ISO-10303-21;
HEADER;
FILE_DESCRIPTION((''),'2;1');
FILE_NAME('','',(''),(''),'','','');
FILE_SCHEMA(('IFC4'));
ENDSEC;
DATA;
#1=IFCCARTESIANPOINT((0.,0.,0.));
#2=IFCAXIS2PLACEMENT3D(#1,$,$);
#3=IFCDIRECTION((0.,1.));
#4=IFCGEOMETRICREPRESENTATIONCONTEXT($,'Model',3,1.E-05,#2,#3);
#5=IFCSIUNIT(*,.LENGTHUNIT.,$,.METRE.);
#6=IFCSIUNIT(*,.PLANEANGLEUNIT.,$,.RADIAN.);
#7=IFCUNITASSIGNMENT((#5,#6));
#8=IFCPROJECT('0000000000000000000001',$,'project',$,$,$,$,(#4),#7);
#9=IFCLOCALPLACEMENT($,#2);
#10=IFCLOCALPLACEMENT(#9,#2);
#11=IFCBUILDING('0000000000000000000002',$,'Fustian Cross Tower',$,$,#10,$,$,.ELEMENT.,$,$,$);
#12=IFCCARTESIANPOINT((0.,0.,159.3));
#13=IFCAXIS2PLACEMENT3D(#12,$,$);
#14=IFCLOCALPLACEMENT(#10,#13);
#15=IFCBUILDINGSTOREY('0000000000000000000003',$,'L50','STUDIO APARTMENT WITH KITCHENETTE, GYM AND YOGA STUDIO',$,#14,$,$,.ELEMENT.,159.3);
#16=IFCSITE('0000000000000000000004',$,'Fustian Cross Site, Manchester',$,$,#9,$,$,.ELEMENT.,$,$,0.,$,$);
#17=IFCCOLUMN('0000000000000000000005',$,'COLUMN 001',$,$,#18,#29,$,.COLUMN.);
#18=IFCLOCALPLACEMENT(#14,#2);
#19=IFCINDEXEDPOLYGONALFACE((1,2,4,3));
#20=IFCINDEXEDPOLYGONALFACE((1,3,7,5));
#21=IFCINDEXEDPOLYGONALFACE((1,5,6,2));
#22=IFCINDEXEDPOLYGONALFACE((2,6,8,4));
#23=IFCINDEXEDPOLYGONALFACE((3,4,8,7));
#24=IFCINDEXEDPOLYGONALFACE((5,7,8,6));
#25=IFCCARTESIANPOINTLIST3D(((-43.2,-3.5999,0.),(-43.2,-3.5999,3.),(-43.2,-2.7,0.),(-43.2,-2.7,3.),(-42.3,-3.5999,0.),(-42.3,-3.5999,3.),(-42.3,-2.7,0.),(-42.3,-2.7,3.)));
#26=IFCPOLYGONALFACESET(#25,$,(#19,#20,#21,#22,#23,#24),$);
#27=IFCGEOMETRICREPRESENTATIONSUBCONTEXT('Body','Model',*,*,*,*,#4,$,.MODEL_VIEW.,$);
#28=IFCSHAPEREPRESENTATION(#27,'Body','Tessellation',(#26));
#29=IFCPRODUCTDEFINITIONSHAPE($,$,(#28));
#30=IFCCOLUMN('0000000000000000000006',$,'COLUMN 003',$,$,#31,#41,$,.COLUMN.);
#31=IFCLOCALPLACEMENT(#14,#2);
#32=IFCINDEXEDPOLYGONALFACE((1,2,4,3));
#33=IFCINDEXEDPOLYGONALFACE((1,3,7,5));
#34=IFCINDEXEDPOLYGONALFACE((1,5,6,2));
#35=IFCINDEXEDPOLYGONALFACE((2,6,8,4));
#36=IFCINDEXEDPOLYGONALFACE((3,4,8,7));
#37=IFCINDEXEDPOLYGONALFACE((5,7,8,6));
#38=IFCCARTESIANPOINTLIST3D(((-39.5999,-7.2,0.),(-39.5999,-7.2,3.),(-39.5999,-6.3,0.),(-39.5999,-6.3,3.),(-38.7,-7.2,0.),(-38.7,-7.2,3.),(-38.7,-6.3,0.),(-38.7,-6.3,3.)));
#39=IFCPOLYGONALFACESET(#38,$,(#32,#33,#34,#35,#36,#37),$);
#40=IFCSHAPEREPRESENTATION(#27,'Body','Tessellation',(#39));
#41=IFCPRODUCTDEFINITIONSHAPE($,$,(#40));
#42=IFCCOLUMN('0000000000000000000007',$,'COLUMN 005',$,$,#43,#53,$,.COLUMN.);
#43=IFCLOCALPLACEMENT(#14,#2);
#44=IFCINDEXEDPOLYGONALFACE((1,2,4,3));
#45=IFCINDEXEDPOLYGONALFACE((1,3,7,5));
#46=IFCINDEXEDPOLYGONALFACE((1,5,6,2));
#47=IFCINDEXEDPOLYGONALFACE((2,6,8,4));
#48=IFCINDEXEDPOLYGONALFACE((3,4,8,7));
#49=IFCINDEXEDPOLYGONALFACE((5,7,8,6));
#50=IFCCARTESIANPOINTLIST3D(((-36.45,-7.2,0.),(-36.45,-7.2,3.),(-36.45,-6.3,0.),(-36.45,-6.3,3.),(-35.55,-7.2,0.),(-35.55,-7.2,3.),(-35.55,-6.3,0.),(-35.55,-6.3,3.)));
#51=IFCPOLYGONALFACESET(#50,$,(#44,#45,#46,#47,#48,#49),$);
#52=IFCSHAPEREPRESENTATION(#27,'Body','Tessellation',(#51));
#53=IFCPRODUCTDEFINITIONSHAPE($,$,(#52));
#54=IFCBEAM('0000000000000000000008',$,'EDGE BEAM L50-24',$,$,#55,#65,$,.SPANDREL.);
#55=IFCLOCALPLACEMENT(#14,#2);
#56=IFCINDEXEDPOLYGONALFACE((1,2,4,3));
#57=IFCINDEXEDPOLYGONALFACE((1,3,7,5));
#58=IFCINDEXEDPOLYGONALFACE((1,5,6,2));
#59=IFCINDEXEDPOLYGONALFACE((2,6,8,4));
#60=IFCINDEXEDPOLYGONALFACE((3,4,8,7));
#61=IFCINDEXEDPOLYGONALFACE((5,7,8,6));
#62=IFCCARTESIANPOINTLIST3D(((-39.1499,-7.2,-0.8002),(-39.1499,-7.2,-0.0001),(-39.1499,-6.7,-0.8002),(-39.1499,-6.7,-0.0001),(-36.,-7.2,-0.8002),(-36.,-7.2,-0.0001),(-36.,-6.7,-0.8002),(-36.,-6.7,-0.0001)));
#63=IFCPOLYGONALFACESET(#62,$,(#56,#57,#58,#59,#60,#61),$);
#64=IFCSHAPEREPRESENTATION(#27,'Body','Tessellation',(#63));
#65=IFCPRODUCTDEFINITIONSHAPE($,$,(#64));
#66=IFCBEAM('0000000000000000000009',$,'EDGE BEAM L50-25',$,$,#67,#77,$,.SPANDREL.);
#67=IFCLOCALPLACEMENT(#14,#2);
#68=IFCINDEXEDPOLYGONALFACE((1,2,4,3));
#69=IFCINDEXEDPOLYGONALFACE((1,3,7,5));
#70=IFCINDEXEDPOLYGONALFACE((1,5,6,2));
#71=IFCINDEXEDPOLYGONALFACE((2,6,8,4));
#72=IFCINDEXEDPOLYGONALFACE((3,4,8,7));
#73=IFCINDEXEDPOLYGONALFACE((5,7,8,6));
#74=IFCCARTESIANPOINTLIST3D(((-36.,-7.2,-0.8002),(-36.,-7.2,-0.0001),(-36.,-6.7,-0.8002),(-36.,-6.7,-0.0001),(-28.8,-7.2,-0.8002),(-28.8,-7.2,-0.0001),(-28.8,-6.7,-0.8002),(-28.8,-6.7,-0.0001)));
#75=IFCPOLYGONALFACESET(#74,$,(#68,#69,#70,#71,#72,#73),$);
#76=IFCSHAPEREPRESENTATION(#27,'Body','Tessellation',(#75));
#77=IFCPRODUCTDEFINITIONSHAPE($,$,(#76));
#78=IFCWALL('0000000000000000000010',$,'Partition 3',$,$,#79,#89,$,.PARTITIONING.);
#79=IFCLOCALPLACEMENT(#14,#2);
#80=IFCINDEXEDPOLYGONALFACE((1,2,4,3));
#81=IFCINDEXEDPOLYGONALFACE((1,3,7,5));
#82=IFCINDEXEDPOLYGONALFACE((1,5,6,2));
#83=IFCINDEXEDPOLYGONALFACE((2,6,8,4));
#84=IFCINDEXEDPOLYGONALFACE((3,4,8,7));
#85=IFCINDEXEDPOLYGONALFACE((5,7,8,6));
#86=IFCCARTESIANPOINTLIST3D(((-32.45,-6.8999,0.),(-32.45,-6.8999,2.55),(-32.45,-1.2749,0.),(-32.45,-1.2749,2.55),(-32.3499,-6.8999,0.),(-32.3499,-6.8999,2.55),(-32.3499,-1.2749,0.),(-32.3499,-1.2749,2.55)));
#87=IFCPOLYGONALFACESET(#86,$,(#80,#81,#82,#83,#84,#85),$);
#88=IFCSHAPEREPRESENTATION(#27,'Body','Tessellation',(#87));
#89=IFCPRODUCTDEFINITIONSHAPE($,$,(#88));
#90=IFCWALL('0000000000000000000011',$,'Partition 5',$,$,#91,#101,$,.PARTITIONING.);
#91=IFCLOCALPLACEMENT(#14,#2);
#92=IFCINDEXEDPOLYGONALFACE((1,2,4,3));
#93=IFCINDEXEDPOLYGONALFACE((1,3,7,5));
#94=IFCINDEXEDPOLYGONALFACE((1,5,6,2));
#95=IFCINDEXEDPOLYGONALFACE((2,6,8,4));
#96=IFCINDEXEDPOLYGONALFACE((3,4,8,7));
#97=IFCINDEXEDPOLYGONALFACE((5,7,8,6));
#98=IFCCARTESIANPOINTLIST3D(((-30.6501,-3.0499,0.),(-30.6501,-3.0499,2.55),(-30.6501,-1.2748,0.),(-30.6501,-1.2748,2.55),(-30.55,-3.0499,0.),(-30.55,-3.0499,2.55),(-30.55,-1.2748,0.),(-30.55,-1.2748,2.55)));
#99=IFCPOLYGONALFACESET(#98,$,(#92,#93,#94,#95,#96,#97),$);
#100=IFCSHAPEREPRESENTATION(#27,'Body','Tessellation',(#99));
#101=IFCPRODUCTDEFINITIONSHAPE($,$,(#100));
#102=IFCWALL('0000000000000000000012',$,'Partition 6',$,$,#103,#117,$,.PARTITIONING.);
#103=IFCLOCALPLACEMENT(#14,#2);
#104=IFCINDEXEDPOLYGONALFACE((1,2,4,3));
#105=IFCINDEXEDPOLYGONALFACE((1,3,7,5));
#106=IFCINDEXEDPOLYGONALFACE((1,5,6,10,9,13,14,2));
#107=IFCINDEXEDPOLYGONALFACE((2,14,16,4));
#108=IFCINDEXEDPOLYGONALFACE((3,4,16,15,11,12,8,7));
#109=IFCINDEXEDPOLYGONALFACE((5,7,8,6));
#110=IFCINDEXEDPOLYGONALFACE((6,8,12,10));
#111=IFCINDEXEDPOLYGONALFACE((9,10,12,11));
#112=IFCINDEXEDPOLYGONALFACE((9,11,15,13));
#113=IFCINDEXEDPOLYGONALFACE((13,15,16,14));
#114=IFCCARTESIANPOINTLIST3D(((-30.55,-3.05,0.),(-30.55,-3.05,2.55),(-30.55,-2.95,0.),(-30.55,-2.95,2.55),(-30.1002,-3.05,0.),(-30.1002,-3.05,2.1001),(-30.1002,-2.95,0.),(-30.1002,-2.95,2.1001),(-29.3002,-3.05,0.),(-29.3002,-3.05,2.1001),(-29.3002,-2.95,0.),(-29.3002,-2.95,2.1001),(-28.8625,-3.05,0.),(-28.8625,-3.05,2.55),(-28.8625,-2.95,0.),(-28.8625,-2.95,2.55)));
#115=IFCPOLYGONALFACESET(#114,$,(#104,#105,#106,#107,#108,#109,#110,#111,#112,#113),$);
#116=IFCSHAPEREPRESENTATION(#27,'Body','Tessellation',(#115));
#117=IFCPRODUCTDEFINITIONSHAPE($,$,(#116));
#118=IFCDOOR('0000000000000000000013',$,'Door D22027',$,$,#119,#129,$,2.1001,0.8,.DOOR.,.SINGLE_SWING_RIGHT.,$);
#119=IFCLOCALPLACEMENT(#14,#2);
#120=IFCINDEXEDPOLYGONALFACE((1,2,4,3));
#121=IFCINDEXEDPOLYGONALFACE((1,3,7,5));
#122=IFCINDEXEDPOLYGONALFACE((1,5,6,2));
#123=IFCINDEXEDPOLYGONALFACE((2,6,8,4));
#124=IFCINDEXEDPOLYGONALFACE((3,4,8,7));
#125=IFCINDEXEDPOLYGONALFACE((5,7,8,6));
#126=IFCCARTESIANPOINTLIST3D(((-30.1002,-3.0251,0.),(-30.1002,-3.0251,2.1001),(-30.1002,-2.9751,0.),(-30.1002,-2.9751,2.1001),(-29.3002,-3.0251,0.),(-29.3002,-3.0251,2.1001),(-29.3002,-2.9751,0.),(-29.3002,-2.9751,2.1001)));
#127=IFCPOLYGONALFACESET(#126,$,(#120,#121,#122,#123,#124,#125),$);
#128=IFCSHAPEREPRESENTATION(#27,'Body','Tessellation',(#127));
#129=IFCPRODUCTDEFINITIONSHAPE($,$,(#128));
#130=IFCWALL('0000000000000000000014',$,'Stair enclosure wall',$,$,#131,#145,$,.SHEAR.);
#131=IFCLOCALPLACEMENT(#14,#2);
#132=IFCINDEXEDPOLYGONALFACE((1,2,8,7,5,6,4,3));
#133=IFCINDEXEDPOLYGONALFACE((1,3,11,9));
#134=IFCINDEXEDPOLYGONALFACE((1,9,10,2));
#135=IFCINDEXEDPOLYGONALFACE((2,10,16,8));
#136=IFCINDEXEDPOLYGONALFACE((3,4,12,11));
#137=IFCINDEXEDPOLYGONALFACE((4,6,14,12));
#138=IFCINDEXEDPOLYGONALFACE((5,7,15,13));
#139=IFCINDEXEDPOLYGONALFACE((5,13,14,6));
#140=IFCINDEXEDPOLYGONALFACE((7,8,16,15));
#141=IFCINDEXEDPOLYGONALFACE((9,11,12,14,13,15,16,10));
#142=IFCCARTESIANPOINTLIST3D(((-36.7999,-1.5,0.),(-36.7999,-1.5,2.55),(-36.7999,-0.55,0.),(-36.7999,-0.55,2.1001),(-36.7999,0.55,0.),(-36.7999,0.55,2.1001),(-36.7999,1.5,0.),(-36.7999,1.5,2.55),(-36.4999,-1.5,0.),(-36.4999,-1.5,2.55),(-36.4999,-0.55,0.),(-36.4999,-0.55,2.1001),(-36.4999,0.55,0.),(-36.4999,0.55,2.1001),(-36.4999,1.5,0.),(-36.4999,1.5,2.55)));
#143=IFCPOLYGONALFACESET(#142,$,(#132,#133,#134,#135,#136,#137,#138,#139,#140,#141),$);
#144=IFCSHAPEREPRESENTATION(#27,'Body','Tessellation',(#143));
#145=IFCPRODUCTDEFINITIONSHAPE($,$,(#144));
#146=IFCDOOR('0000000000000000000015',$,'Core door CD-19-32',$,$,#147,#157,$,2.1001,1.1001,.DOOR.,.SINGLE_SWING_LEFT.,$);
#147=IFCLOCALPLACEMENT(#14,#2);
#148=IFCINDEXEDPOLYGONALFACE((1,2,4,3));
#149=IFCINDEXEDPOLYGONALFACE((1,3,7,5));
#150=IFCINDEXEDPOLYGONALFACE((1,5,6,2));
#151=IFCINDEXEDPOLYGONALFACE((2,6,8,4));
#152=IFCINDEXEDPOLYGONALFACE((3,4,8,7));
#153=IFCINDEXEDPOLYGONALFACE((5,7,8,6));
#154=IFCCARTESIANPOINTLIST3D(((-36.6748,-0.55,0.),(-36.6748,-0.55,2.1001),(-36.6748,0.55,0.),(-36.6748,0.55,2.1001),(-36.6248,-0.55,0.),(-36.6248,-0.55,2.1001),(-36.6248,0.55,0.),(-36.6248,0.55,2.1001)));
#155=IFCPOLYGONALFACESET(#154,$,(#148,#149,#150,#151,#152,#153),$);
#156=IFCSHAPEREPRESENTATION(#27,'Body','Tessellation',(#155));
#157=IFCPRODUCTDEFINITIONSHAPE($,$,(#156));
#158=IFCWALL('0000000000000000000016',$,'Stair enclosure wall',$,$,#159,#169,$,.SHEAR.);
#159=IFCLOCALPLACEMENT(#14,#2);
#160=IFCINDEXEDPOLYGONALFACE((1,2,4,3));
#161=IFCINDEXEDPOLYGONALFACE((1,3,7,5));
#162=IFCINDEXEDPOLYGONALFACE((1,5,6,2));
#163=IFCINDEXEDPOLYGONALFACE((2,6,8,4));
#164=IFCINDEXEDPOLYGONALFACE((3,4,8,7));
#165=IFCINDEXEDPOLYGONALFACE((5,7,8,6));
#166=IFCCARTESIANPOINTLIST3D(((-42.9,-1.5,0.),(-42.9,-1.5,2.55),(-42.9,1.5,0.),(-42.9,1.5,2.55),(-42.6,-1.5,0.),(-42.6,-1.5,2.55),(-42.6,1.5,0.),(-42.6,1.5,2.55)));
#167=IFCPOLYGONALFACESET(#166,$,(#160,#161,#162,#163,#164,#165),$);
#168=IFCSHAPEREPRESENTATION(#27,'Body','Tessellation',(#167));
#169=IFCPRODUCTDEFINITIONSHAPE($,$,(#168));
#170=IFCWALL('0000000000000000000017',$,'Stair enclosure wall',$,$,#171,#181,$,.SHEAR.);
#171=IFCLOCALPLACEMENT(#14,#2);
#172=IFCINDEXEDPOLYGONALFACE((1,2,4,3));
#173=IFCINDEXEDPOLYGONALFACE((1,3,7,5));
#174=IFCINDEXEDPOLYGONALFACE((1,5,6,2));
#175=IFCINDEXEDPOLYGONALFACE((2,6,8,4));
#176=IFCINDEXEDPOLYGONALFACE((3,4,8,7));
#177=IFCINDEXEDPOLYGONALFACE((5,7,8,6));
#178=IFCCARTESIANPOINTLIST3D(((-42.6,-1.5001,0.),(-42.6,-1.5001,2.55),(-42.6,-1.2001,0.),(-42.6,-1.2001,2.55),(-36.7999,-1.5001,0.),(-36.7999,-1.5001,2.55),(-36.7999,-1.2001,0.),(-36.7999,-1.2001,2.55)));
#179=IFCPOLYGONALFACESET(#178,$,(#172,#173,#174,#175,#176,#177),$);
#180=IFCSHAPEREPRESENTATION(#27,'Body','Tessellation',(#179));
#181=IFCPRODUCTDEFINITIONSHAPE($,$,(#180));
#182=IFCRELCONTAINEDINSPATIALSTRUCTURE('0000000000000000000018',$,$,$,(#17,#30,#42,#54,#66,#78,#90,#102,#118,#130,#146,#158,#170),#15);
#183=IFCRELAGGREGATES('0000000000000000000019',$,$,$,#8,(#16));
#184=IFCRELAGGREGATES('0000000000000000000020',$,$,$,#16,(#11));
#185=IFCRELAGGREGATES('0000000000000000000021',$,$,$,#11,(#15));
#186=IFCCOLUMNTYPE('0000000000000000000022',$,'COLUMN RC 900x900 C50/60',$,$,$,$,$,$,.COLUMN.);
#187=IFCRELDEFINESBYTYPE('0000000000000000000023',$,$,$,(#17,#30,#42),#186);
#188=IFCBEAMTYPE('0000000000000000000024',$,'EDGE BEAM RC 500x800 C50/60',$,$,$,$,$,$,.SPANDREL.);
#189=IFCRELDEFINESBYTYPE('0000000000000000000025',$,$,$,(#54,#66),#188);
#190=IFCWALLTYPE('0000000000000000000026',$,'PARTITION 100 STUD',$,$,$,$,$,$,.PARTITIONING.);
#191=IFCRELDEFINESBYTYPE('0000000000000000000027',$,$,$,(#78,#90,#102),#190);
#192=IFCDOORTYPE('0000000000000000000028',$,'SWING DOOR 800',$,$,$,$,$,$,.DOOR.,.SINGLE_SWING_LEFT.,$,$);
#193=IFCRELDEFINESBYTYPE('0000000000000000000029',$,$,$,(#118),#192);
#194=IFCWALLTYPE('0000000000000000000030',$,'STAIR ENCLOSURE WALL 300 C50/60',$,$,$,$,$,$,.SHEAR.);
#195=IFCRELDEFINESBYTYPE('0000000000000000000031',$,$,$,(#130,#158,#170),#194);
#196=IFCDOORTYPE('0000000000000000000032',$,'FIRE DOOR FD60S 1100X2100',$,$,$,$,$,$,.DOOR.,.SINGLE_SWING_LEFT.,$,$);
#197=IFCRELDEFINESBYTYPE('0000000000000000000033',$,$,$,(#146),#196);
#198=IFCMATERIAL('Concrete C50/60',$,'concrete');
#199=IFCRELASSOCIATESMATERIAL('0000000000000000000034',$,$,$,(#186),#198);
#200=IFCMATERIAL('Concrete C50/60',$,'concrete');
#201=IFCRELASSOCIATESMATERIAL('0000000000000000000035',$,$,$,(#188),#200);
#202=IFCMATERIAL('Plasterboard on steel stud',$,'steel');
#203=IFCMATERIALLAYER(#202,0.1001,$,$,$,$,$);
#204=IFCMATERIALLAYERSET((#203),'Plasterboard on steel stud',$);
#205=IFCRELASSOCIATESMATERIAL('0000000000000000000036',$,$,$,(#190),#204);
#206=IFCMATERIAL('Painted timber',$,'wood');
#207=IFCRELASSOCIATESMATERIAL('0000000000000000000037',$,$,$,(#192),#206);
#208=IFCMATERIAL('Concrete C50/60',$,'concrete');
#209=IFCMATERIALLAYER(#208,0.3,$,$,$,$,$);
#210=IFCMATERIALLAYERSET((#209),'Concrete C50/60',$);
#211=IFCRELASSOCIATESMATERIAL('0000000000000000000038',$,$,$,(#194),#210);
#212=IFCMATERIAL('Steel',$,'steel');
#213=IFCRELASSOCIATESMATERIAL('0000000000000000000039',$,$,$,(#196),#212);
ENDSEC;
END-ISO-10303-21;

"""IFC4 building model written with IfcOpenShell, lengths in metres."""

from ifc_helpers import new_model, si_unit, direction, frame, frame_2d, origin, origin_2d, place, context, subcontext, project, spatial, rectangle, extrude, material, layer, layer_set, material_profile, profile_set, type_object, element, fill, save


model = new_model("IFC4")

# Units and contexts
model_context = context("Model", 3, precision=1e-05, world=origin(), true_north=direction((0.0, 1.0)))
body_context = subcontext(model_context, "Body", "Model", "MODEL_VIEW")
ifc_project = project(units=[si_unit("LENGTHUNIT", "METRE"), si_unit("PLANEANGLEUNIT", "RADIAN")], contexts=[model_context])

# Site, building, storey
site_placement = place(None, origin())
site = spatial("IfcSite", under=ifc_project, at=site_placement, Name="Fustian Cross Site, Manchester", CompositionType="ELEMENT", RefElevation=0.0)
building_placement = place(site_placement, origin())
building = spatial("IfcBuilding", under=site, at=building_placement, Name="Fustian Cross Tower", CompositionType="ELEMENT")
storey_placement = place(building_placement, frame((0.0, 0.0, 159.3)))
storey = spatial("IfcBuildingStorey", under=building, at=storey_placement, Name="L50", Description="STUDIO APARTMENT WITH KITCHENETTE, GYM AND YOGA STUDIO", CompositionType="ELEMENT", Elevation=159.3)

# Columns
ifc_material_1 = material(Name="Concrete C50/60", Category="concrete")
ifc_material_profile_1 = material_profile(ifc_material_1, rectangle(XDim=0.8999, YDim=0.8999, at=origin_2d()), Name="RC 900x900")
ifc_profile_set_1 = profile_set([ifc_material_profile_1], Name="Concrete C50/60")
column_type = type_object("IfcColumnType", Name="COLUMN RC 900x900 C50/60", PredefinedType="COLUMN", material=ifc_profile_set_1)
for number, where, z_axis, x_axis, name in (
    (1, (-42.75, -3.1499, 0.0), (0.0, 0.0, 1.0), (1.0, 0.0, 0.0), "COLUMN 001"),
    (2, (-39.1499, -6.75, 0.0), (0.0, 0.0, 1.0), (1.0, 0.0, 0.0), "COLUMN 003"),
    (3, (-36.0, -6.75, 0.0), (0.0, 0.0, 1.0), (1.0, 0.0, 0.0), "COLUMN 005"),
):
    element("IfcColumn", number, at=place(storey_placement, frame(where, z_axis=z_axis, x_axis=x_axis)), inside=storey, type_object=column_type, Name=name, PredefinedType="COLUMN", context=body_context, shape_type="SweptSolid", body=[
        extrude(rectangle(XDim=0.8999, YDim=0.8999, at=origin_2d()), origin(), (0.0, 0.0, 1.0), 3.0),
    ])

# Beams
ifc_material_2 = material(Name="Concrete C50/60", Category="concrete")
ifc_material_profile_2 = material_profile(ifc_material_2, rectangle(XDim=0.5, YDim=0.8, at=origin_2d()), Name="RC 500x800")
ifc_profile_set_2 = profile_set([ifc_material_profile_2], Name="Concrete C50/60")
beam_type = type_object("IfcBeamType", Name="EDGE BEAM RC 500x800 C50/60", PredefinedType="SPANDREL", material=ifc_profile_set_2)
beam_1_placement = place(storey_placement, frame((-39.1499, -6.95, -0.4001), z_axis=(1.0, 0.0, 0.0), x_axis=(0.0, 1.0, 0.0)))
element("IfcBeam", 4, at=beam_1_placement, inside=storey, type_object=beam_type, Name="EDGE BEAM L50-24", PredefinedType="SPANDREL", context=body_context, shape_type="SweptSolid", body=[
    extrude(rectangle(XDim=0.5, YDim=0.8, at=origin_2d()), origin(), (0.0, 0.0, 1.0), 3.1499),
])
beam_2_placement = place(storey_placement, frame((-36.0, -6.95, -0.4001), z_axis=(1.0, 0.0, 0.0), x_axis=(0.0, 1.0, 0.0)))
element("IfcBeam", 5, at=beam_2_placement, inside=storey, type_object=beam_type, Name="EDGE BEAM L50-25", PredefinedType="SPANDREL", context=body_context, shape_type="SweptSolid", body=[
    extrude(rectangle(XDim=0.5, YDim=0.8, at=origin_2d()), origin(), (0.0, 0.0, 1.0), 7.2),
])

# Walls
ifc_material_3 = material(Name="Plasterboard on steel stud", Category="steel")
ifc_layer_1 = layer(ifc_material_3, 0.1001)
ifc_layer_set_1 = layer_set([ifc_layer_1], Name="Plasterboard on steel stud")
wall_type_1 = type_object("IfcWallType", Name="PARTITION 100 STUD", PredefinedType="PARTITIONING", material=ifc_layer_set_1)
wall_1_placement = place(storey_placement, frame((-32.3999, -6.8999, 0.0), z_axis=(0.0, 0.0, 1.0), x_axis=(0.0, 1.0, 0.0)))
element("IfcWall", 6, at=wall_1_placement, inside=storey, type_object=wall_type_1, Name="Partition 3", PredefinedType="PARTITIONING", context=body_context, shape_type="SweptSolid", body=[
    extrude(rectangle(XDim=5.625, YDim=0.1001, at=frame_2d((2.8125, 0.0))), origin(), (0.0, 0.0, 1.0), 2.55),
])
wall_2_placement = place(storey_placement, frame((-30.6001, -3.05, 0.0), z_axis=(0.0, 0.0, 1.0), x_axis=(0.0, 1.0, 0.0)))
element("IfcWall", 7, at=wall_2_placement, inside=storey, type_object=wall_type_1, Name="Partition 5", PredefinedType="PARTITIONING", context=body_context, shape_type="SweptSolid", body=[
    extrude(rectangle(XDim=1.7751, YDim=0.1001, at=frame_2d((0.8877, 0.0))), origin(), (0.0, 0.0, 1.0), 2.55),
])

# Walls, openings, doors
wall_3_placement = place(storey_placement, frame((-30.55, -3.0, 0.0), z_axis=(0.0, 0.0, 1.0), x_axis=(1.0, 0.0, 0.0)))
wall_3 = element("IfcWall", 8, at=wall_3_placement, inside=storey, type_object=wall_type_1, Name="Partition 6", PredefinedType="PARTITIONING", context=body_context, shape_type="SweptSolid", body=[
    extrude(rectangle(XDim=1.6875, YDim=0.1001, at=frame_2d((0.8438, 0.0))), origin(), (0.0, 0.0, 1.0), 2.55),
])
opening_1_placement = place(wall_3_placement, frame((0.45, 0.0, 0.0)))
opening_1 = element("IfcOpeningElement", 9, at=opening_1_placement, cuts=wall_3, PredefinedType="OPENING", context=body_context, shape_type="SweptSolid", body=[
    extrude(rectangle(XDim=0.8, YDim=2.1001, at=frame_2d((0.3999, 1.05))), frame((0.0, 0.0601, 0.0), z_axis=(0.0, -1.0, 0.0), x_axis=(1.0, 0.0, 0.0)), (0.0, 0.0, 1.0), 0.1201),
])
ifc_material_4 = material(Name="Painted timber", Category="wood")
door_type_1 = type_object("IfcDoorType", Name="SWING DOOR 800", OperationType="SINGLE_SWING_LEFT", PredefinedType="DOOR", material=ifc_material_4)
door_1_placement = place(opening_1_placement, origin())
door_1 = element("IfcDoor", 10, at=door_1_placement, inside=storey, type_object=door_type_1, Name="Door D22027", OperationType="SINGLE_SWING_RIGHT", OverallHeight=2.1001, OverallWidth=0.8, PredefinedType="DOOR", context=body_context, shape_type="SweptSolid", body=[
    extrude(rectangle(XDim=0.8, YDim=2.1001, at=frame_2d((0.3999, 1.05))), frame((0.0, 0.0249, 0.0), z_axis=(0.0, -1.0, 0.0), x_axis=(1.0, 0.0, 0.0)), (0.0, 0.0, 1.0), 0.05),
])
fill(opening_1, door_1)
ifc_material_5 = material(Name="Concrete C50/60", Category="concrete")
ifc_layer_2 = layer(ifc_material_5, 0.3)
ifc_layer_set_2 = layer_set([ifc_layer_2], Name="Concrete C50/60")
wall_type_2 = type_object("IfcWallType", Name="STAIR ENCLOSURE WALL 300 C50/60", PredefinedType="SHEAR", material=ifc_layer_set_2)
wall_4_placement = place(storey_placement, frame((-36.6499, -1.5, 0.0), z_axis=(0.0, 0.0, 1.0), x_axis=(0.0, 1.0, 0.0)))
wall_4 = element("IfcWall", 11, at=wall_4_placement, inside=storey, type_object=wall_type_2, Name="Stair enclosure wall", PredefinedType="SHEAR", context=body_context, shape_type="SweptSolid", body=[
    extrude(rectangle(XDim=3.0, YDim=0.3, at=frame_2d((1.5, 0.0))), origin(), (0.0, 0.0, 1.0), 2.55),
])
opening_2_placement = place(wall_4_placement, frame((0.95, 0.0, 0.0)))
opening_2 = element("IfcOpeningElement", 12, at=opening_2_placement, cuts=wall_4, PredefinedType="OPENING", context=body_context, shape_type="SweptSolid", body=[
    extrude(rectangle(XDim=1.1001, YDim=2.1001, at=frame_2d((0.55, 1.05))), frame((0.0, 0.1599, 0.0), z_axis=(0.0, -1.0, 0.0), x_axis=(1.0, 0.0, 0.0)), (0.0, 0.0, 1.0), 0.3201),
])
ifc_material_6 = material(Name="Steel", Category="steel")
door_type_2 = type_object("IfcDoorType", Name="FIRE DOOR FD60S 1100X2100", OperationType="SINGLE_SWING_LEFT", PredefinedType="DOOR", material=ifc_material_6)
door_2_placement = place(opening_2_placement, origin())
door_2 = element("IfcDoor", 13, at=door_2_placement, inside=storey, type_object=door_type_2, Name="Core door CD-19-32", OperationType="SINGLE_SWING_LEFT", OverallHeight=2.1001, OverallWidth=1.1001, PredefinedType="DOOR", context=body_context, shape_type="SweptSolid", body=[
    extrude(rectangle(XDim=1.1001, YDim=2.1001, at=frame_2d((0.55, 1.05))), frame((0.0, 0.0249, 0.0), z_axis=(0.0, -1.0, 0.0), x_axis=(1.0, 0.0, 0.0)), (0.0, 0.0, 1.0), 0.05),
])
fill(opening_2, door_2)

# Walls
wall_5_placement = place(storey_placement, frame((-42.75, -1.5, 0.0), z_axis=(0.0, 0.0, 1.0), x_axis=(0.0, 1.0, 0.0)))
element("IfcWall", 14, at=wall_5_placement, inside=storey, type_object=wall_type_2, Name="Stair enclosure wall", PredefinedType="SHEAR", context=body_context, shape_type="SweptSolid", body=[
    extrude(rectangle(XDim=3.0, YDim=0.3, at=frame_2d((1.5, 0.0))), origin(), (0.0, 0.0, 1.0), 2.55),
])
wall_6_placement = place(storey_placement, frame((-36.8, -1.3501, 0.0), z_axis=(0.0, 0.0, 1.0), x_axis=(-1.0, 0.0, 0.0)))
element("IfcWall", 15, at=wall_6_placement, inside=storey, type_object=wall_type_2, Name="Stair enclosure wall", PredefinedType="SHEAR", context=body_context, shape_type="SweptSolid", body=[
    extrude(rectangle(XDim=5.8, YDim=0.3, at=frame_2d((2.8999, 0.0))), origin(), (0.0, 0.0, 1.0), 2.55),
])

save(model, "model.ifc")
